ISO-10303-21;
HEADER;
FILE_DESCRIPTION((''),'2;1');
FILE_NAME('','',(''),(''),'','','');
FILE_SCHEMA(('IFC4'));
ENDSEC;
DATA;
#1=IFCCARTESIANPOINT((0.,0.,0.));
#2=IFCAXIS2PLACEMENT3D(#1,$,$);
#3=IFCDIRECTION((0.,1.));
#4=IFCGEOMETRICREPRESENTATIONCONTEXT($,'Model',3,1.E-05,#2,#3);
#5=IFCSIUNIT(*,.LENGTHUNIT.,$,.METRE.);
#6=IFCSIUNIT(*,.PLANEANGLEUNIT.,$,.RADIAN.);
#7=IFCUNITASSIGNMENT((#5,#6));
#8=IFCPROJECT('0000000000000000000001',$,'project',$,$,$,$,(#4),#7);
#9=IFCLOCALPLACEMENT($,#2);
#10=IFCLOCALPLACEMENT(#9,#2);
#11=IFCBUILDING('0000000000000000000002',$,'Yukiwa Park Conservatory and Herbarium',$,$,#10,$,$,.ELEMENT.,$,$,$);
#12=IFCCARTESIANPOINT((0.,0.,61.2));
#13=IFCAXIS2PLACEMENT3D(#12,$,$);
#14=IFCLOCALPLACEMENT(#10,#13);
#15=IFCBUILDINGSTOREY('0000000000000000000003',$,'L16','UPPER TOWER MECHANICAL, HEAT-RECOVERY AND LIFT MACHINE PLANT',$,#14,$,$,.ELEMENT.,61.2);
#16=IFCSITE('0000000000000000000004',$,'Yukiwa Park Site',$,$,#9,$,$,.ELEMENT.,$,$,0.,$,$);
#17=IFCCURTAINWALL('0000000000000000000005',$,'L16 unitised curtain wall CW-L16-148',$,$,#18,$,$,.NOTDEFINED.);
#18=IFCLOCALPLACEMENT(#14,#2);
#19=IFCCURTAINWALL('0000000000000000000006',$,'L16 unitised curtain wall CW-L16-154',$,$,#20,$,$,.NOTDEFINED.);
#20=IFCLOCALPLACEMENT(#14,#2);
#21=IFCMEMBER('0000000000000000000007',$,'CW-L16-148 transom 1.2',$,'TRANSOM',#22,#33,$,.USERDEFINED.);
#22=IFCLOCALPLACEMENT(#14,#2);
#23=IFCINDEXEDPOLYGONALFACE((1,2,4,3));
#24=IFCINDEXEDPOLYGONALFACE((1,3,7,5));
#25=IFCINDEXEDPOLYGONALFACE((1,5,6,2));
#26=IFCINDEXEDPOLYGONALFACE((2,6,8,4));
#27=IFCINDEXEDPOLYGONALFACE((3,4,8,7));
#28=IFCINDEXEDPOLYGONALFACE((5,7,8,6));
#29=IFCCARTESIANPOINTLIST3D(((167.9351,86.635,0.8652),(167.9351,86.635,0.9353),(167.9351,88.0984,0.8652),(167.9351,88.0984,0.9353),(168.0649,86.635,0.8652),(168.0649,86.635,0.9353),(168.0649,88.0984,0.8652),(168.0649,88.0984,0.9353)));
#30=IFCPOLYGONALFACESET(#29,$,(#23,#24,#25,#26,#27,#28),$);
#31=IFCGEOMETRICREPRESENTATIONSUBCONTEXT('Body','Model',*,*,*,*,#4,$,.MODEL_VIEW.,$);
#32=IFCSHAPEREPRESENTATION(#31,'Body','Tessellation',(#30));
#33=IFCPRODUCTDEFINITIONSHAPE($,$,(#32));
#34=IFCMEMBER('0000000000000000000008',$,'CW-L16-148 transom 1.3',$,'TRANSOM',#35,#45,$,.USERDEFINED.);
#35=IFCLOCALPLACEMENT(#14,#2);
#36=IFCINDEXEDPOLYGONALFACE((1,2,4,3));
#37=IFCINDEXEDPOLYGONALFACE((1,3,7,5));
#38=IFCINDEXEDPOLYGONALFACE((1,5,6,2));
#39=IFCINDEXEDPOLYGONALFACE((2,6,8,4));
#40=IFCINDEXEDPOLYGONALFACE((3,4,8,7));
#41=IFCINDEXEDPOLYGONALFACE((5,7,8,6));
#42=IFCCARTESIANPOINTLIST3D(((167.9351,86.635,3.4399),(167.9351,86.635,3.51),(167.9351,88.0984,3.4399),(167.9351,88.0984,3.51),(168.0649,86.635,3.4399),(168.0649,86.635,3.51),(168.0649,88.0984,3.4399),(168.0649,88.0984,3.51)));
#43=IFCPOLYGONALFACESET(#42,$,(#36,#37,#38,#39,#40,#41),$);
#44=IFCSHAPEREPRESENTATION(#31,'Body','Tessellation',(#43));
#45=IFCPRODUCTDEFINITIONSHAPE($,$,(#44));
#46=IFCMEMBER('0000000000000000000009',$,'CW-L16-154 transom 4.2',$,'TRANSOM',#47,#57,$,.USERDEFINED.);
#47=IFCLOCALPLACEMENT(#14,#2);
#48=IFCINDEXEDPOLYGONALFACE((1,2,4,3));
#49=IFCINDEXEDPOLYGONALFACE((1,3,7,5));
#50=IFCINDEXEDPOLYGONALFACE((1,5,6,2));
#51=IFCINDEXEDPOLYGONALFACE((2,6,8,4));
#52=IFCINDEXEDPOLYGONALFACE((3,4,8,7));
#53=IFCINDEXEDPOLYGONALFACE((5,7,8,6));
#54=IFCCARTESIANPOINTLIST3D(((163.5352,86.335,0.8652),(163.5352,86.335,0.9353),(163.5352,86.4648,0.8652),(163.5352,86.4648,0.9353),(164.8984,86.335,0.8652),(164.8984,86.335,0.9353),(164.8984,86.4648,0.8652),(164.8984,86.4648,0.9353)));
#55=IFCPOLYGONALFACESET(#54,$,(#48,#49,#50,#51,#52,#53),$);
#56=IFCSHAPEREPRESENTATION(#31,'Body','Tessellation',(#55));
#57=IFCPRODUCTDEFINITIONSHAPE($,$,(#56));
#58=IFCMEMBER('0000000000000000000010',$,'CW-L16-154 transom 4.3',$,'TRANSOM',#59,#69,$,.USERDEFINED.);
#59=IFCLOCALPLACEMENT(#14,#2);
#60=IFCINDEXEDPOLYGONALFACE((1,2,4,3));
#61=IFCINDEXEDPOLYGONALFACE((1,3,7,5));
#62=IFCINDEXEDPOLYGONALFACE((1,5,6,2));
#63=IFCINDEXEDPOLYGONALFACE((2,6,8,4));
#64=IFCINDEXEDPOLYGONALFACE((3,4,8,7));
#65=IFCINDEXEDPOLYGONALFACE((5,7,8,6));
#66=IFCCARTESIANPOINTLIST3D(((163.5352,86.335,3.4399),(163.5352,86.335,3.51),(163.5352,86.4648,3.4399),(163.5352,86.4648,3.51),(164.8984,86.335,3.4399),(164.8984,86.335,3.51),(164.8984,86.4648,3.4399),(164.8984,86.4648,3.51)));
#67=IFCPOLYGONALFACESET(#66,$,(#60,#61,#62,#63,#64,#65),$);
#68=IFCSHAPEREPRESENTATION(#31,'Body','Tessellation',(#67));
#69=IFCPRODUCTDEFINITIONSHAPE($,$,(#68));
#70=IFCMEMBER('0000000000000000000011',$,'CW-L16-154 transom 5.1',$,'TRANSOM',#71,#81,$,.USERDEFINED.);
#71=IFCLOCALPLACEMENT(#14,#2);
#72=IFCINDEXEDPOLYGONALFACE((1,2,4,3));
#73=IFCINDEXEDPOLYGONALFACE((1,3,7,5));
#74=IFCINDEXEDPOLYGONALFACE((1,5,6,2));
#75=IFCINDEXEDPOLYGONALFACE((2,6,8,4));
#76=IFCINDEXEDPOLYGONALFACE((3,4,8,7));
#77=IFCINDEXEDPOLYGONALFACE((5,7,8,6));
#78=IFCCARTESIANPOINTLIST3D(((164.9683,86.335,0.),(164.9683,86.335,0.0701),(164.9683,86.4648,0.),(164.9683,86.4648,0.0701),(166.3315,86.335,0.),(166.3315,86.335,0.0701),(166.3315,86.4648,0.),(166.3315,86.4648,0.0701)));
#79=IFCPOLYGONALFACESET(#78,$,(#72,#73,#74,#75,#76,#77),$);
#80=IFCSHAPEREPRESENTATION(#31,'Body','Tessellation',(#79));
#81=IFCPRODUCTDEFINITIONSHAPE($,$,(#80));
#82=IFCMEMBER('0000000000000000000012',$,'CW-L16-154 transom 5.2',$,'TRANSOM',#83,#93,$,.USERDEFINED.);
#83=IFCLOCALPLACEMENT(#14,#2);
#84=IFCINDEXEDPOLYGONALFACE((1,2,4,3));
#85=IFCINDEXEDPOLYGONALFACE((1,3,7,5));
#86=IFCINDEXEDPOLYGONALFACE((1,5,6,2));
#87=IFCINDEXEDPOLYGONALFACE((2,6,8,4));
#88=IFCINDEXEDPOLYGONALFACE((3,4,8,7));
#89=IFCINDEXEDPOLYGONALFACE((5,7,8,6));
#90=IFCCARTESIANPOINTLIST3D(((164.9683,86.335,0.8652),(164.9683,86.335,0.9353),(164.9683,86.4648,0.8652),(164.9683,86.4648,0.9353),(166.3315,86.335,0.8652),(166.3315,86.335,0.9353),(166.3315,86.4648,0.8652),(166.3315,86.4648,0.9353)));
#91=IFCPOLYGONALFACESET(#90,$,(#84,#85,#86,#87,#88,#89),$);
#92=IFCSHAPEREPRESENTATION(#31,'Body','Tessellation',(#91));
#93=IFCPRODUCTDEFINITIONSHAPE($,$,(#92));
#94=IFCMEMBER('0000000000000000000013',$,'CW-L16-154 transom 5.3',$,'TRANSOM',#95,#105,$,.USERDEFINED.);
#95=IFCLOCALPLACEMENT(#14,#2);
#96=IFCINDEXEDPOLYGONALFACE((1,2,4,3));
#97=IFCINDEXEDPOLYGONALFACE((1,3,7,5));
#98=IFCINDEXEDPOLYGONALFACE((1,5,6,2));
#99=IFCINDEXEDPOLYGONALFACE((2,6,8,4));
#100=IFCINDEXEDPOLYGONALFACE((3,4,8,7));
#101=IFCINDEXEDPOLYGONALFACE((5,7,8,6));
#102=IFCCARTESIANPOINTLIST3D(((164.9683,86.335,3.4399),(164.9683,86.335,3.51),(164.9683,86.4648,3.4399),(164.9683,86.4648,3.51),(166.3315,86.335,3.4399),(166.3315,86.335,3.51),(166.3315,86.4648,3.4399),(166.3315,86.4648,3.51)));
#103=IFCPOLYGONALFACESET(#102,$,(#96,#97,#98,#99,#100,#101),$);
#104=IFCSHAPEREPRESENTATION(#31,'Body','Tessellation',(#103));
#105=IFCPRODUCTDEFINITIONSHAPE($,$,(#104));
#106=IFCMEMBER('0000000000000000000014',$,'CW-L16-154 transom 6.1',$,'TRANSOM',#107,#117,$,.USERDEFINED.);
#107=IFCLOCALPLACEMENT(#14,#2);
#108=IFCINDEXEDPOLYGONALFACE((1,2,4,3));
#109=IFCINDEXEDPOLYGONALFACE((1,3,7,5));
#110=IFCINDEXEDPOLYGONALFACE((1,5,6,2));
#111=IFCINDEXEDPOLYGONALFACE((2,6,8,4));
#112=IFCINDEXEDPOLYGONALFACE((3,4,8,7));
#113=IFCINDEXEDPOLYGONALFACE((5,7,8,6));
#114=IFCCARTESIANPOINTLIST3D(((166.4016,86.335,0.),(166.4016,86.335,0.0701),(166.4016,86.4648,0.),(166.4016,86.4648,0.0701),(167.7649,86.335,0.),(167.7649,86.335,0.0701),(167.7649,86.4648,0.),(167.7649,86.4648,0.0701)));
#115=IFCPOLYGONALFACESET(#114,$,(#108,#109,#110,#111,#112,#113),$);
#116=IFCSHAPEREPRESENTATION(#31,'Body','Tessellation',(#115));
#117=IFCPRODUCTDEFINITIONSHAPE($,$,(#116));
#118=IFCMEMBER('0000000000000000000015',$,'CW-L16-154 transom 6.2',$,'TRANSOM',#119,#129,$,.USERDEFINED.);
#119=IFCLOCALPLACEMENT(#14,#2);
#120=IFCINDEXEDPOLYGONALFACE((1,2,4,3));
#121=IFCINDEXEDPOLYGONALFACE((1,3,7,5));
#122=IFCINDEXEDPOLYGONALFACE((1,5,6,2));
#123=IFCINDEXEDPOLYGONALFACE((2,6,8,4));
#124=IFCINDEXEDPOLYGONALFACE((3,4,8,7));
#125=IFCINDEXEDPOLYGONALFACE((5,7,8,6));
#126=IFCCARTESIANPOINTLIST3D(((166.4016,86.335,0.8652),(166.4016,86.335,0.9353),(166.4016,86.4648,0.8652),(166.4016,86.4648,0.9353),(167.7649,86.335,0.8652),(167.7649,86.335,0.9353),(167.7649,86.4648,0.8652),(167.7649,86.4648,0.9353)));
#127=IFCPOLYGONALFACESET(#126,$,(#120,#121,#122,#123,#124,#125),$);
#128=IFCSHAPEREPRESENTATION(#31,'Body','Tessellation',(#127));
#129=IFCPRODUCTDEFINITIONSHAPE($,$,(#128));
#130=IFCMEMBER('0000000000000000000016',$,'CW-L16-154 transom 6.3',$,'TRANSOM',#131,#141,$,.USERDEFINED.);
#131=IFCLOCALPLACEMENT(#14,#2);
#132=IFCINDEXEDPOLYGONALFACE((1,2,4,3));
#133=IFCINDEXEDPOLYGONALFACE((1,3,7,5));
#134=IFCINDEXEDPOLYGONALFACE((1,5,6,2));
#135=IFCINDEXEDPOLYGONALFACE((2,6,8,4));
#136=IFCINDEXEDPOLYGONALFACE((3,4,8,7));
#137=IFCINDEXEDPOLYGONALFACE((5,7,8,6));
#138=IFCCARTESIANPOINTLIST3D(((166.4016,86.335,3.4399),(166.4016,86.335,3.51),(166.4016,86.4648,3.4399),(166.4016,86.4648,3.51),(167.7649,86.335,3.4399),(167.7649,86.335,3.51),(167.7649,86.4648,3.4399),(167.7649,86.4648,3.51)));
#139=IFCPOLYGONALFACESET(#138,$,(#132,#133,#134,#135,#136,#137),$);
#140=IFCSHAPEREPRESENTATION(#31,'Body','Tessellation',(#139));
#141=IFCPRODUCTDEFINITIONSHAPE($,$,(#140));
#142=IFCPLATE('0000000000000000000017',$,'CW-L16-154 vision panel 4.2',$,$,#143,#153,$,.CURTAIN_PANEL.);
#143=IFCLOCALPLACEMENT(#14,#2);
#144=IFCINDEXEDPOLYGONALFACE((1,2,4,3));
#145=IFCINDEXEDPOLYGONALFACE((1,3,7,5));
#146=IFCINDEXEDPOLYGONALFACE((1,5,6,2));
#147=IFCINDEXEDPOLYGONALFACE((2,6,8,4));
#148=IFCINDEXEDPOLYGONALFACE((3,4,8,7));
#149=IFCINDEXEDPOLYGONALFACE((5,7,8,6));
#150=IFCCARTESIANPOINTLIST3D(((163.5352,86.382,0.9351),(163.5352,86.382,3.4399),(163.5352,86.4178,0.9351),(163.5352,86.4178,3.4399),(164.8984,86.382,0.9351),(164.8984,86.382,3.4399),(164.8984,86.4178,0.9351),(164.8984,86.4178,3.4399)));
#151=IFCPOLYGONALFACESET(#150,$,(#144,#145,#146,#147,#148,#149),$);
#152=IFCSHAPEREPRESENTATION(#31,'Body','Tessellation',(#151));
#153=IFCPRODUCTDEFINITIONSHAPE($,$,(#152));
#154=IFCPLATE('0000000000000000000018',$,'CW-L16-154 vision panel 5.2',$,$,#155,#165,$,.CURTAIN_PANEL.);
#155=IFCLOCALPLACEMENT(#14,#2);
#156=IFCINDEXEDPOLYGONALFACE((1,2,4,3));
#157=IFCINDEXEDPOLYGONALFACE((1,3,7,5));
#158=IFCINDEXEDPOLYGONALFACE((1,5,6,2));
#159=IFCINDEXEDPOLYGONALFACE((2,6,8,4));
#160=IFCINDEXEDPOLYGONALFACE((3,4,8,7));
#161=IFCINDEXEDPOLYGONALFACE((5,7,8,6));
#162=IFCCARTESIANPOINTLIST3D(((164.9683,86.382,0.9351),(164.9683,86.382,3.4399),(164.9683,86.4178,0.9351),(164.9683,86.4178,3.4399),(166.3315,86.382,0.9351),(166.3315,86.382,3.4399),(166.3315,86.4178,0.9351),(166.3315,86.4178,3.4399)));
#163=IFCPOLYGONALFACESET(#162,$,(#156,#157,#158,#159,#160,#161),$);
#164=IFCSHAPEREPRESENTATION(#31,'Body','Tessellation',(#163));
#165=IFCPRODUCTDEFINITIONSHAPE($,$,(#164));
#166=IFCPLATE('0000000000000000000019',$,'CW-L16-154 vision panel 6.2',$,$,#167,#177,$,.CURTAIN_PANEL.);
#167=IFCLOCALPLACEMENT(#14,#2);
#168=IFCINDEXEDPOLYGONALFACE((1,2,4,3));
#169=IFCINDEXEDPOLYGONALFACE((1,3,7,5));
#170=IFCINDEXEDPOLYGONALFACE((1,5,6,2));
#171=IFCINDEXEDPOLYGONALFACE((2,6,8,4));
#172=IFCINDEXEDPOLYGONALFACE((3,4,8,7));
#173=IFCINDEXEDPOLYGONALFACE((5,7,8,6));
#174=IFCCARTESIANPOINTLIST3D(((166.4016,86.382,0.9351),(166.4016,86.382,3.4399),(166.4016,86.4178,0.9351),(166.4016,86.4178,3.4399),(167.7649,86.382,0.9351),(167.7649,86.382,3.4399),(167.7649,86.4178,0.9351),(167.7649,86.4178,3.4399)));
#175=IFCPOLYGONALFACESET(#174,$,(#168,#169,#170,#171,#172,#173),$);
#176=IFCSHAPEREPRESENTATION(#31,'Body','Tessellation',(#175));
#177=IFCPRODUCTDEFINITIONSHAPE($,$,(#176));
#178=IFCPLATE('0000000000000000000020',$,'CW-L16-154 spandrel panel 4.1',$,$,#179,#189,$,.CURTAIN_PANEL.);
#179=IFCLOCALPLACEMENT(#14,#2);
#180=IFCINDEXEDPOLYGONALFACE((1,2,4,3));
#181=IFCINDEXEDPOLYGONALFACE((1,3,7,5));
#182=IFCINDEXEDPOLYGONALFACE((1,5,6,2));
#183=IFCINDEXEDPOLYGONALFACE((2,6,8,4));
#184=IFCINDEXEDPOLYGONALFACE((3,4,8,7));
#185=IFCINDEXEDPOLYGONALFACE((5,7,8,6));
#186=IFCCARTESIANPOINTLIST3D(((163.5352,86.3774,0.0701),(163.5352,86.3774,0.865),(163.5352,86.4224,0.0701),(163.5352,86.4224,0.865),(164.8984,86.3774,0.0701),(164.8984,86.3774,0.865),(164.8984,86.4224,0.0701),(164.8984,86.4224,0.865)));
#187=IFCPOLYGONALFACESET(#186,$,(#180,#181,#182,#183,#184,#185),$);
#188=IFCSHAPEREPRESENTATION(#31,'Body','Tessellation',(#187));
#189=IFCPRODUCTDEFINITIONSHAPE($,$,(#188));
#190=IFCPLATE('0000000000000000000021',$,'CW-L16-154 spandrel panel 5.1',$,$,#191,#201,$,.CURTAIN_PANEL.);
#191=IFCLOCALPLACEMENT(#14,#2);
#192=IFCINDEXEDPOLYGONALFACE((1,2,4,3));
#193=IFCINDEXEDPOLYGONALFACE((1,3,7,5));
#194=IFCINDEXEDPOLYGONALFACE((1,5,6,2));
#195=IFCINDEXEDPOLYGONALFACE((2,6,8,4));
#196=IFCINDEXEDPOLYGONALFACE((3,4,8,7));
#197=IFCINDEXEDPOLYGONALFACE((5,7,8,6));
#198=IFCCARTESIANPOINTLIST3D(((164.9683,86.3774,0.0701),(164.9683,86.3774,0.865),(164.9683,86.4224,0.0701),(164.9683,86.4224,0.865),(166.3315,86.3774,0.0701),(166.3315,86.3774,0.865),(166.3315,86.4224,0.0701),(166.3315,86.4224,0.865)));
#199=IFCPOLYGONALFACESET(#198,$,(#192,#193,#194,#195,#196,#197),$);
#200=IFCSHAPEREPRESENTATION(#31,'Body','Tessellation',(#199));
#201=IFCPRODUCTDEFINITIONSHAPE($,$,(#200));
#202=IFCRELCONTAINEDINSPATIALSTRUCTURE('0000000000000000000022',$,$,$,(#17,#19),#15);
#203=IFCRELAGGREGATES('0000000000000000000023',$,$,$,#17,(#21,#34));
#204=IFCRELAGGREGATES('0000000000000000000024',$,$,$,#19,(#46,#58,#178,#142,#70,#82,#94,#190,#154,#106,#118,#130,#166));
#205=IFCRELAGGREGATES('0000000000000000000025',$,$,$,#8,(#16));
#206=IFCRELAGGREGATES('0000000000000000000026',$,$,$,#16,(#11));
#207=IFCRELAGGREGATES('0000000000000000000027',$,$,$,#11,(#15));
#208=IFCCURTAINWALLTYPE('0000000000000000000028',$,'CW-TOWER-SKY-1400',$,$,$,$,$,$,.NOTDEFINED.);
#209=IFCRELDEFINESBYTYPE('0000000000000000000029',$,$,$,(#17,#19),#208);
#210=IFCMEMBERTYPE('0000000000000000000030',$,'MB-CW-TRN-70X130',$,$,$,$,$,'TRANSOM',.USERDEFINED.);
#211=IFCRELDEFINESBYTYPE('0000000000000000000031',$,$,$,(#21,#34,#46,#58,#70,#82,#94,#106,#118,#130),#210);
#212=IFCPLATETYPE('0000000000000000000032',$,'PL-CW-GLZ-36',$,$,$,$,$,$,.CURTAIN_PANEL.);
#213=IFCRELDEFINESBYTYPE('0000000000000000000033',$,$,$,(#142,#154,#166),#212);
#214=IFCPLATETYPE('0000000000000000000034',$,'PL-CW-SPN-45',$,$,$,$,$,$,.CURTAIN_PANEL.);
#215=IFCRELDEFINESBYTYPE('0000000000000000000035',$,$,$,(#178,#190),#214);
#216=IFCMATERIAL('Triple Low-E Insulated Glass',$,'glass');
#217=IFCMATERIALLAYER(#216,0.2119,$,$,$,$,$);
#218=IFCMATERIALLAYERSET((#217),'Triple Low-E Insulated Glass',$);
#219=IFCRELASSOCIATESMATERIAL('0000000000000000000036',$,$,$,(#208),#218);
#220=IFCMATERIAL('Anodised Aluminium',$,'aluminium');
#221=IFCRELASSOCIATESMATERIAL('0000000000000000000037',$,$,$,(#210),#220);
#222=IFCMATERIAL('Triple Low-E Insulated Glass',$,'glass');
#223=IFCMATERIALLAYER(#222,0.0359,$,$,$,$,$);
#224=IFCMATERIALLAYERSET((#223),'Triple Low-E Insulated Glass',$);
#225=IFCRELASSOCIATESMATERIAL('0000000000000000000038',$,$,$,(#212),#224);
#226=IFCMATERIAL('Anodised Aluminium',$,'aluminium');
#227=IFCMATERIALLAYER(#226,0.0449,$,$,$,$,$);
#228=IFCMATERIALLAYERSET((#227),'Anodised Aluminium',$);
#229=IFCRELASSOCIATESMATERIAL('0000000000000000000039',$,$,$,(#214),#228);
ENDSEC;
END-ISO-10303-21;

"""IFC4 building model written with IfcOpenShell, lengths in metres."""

from ifc_helpers import new_model, si_unit, direction, frame, origin, origin_2d, place, context, subcontext, project, spatial, rectangle, extrude, material, layer, layer_set, type_object, element, aggregate, save


model = new_model("IFC4")

# Units and contexts
model_context = context("Model", 3, precision=1e-05, world=origin(), true_north=direction((0.0, 1.0)))
body_context = subcontext(model_context, "Body", "Model", "MODEL_VIEW")
ifc_project = project(units=[si_unit("LENGTHUNIT", "METRE"), si_unit("PLANEANGLEUNIT", "RADIAN")], contexts=[model_context])

# Site, building, storey
site_placement = place(None, origin())
site = spatial("IfcSite", under=ifc_project, at=site_placement, Name="Yukiwa Park Site", CompositionType="ELEMENT", RefElevation=0.0)
building_placement = place(site_placement, origin())
building = spatial("IfcBuilding", under=site, at=building_placement, Name="Yukiwa Park Conservatory and Herbarium", CompositionType="ELEMENT")
storey_placement = place(building_placement, frame((0.0, 0.0, 61.2)))
storey = spatial("IfcBuildingStorey", under=building, at=storey_placement, Name="L16", Description="UPPER TOWER MECHANICAL, HEAT-RECOVERY AND LIFT MACHINE PLANT", CompositionType="ELEMENT", Elevation=61.2)

# Curtain wall
ifc_material_1 = material(Name="Triple Low-E Insulated Glass", Category="glass")
ifc_layer_1 = layer(ifc_material_1, 0.2119)
ifc_layer_set_1 = layer_set([ifc_layer_1], Name="Triple Low-E Insulated Glass")
curtain_wall_type = type_object("IfcCurtainWallType", Name="CW-TOWER-SKY-1400", PredefinedType="NOTDEFINED", material=ifc_layer_set_1)
curtain_wall_1_placement = place(storey_placement, origin())
curtain_wall_1 = element("IfcCurtainWall", 1, at=curtain_wall_1_placement, inside=storey, type_object=curtain_wall_type, Name="L16 unitised curtain wall CW-L16-148", PredefinedType="NOTDEFINED")

# Curtain wall
curtain_wall_2_placement = place(storey_placement, origin())
curtain_wall_2 = element("IfcCurtainWall", 2, at=curtain_wall_2_placement, inside=storey, type_object=curtain_wall_type, Name="L16 unitised curtain wall CW-L16-154", PredefinedType="NOTDEFINED")

# Members
ifc_material_2 = material(Name="Anodised Aluminium", Category="aluminium")
member_type_1 = type_object("IfcMemberType", Name="MB-CW-TRN-70X130", ElementType="TRANSOM", PredefinedType="USERDEFINED", material=ifc_material_2)
member_1_placement = place(storey_placement, frame((168.0, 87.3667, 0.8652), z_axis=(0.0, 0.0, 1.0), x_axis=(0.0, 1.0, 0.0)))
member_1 = element("IfcMember", 3, at=member_1_placement, type_object=member_type_1, Name="CW-L16-148 transom 1.2", ObjectType="TRANSOM", PredefinedType="USERDEFINED", context=body_context, shape_type="SweptSolid", body=[
    extrude(rectangle(XDim=1.4634, YDim=0.1299, at=origin_2d()), origin(), (0.0, 0.0, 1.0), 0.0701),
])
member_2_placement = place(storey_placement, frame((168.0, 87.3667, 3.4399), z_axis=(0.0, 0.0, 1.0), x_axis=(0.0, 1.0, 0.0)))
member_2 = element("IfcMember", 4, at=member_2_placement, type_object=member_type_1, Name="CW-L16-148 transom 1.3", ObjectType="TRANSOM", PredefinedType="USERDEFINED", context=body_context, shape_type="SweptSolid", body=[
    extrude(rectangle(XDim=1.4634, YDim=0.1299, at=origin_2d()), origin(), (0.0, 0.0, 1.0), 0.0701),
])
aggregate(curtain_wall_1, [member_1, member_2])
member_3_placement = place(storey_placement, frame((164.2168, 86.3999, 0.8652), z_axis=(0.0, 0.0, 1.0), x_axis=(1.0, 0.0, 0.0)))
member_3 = element("IfcMember", 5, at=member_3_placement, type_object=member_type_1, Name="CW-L16-154 transom 4.2", ObjectType="TRANSOM", PredefinedType="USERDEFINED", context=body_context, shape_type="SweptSolid", body=[
    extrude(rectangle(XDim=1.3633, YDim=0.1299, at=origin_2d()), origin(), (0.0, 0.0, 1.0), 0.0701),
])
member_4_placement = place(storey_placement, frame((164.2168, 86.3999, 3.4399), z_axis=(0.0, 0.0, 1.0), x_axis=(1.0, 0.0, 0.0)))
member_4 = element("IfcMember", 6, at=member_4_placement, type_object=member_type_1, Name="CW-L16-154 transom 4.3", ObjectType="TRANSOM", PredefinedType="USERDEFINED", context=body_context, shape_type="SweptSolid", body=[
    extrude(rectangle(XDim=1.3633, YDim=0.1299, at=origin_2d()), origin(), (0.0, 0.0, 1.0), 0.0701),
])
member_5_placement = place(storey_placement, frame((165.6499, 86.3999, 0.0), z_axis=(0.0, 0.0, 1.0), x_axis=(1.0, 0.0, 0.0)))
member_5 = element("IfcMember", 7, at=member_5_placement, type_object=member_type_1, Name="CW-L16-154 transom 5.1", ObjectType="TRANSOM", PredefinedType="USERDEFINED", context=body_context, shape_type="SweptSolid", body=[
    extrude(rectangle(XDim=1.3633, YDim=0.1299, at=origin_2d()), origin(), (0.0, 0.0, 1.0), 0.0701),
])
member_6_placement = place(storey_placement, frame((165.6499, 86.3999, 0.8652), z_axis=(0.0, 0.0, 1.0), x_axis=(1.0, 0.0, 0.0)))
member_6 = element("IfcMember", 8, at=member_6_placement, type_object=member_type_1, Name="CW-L16-154 transom 5.2", ObjectType="TRANSOM", PredefinedType="USERDEFINED", context=body_context, shape_type="SweptSolid", body=[
    extrude(rectangle(XDim=1.3633, YDim=0.1299, at=origin_2d()), origin(), (0.0, 0.0, 1.0), 0.0701),
])
member_7_placement = place(storey_placement, frame((165.6499, 86.3999, 3.4399), z_axis=(0.0, 0.0, 1.0), x_axis=(1.0, 0.0, 0.0)))
member_7 = element("IfcMember", 9, at=member_7_placement, type_object=member_type_1, Name="CW-L16-154 transom 5.3", ObjectType="TRANSOM", PredefinedType="USERDEFINED", context=body_context, shape_type="SweptSolid", body=[
    extrude(rectangle(XDim=1.3633, YDim=0.1299, at=origin_2d()), origin(), (0.0, 0.0, 1.0), 0.0701),
])
member_8_placement = place(storey_placement, frame((167.0833, 86.3999, 0.0), z_axis=(0.0, 0.0, 1.0), x_axis=(1.0, 0.0, 0.0)))
member_8 = element("IfcMember", 10, at=member_8_placement, type_object=member_type_1, Name="CW-L16-154 transom 6.1", ObjectType="TRANSOM", PredefinedType="USERDEFINED", context=body_context, shape_type="SweptSolid", body=[
    extrude(rectangle(XDim=1.3633, YDim=0.1299, at=origin_2d()), origin(), (0.0, 0.0, 1.0), 0.0701),
])
member_9_placement = place(storey_placement, frame((167.0833, 86.3999, 0.8652), z_axis=(0.0, 0.0, 1.0), x_axis=(1.0, 0.0, 0.0)))
member_9 = element("IfcMember", 11, at=member_9_placement, type_object=member_type_1, Name="CW-L16-154 transom 6.2", ObjectType="TRANSOM", PredefinedType="USERDEFINED", context=body_context, shape_type="SweptSolid", body=[
    extrude(rectangle(XDim=1.3633, YDim=0.1299, at=origin_2d()), origin(), (0.0, 0.0, 1.0), 0.0701),
])
member_10_placement = place(storey_placement, frame((167.0833, 86.3999, 3.4399), z_axis=(0.0, 0.0, 1.0), x_axis=(1.0, 0.0, 0.0)))
member_10 = element("IfcMember", 12, at=member_10_placement, type_object=member_type_1, Name="CW-L16-154 transom 6.3", ObjectType="TRANSOM", PredefinedType="USERDEFINED", context=body_context, shape_type="SweptSolid", body=[
    extrude(rectangle(XDim=1.3633, YDim=0.1299, at=origin_2d()), origin(), (0.0, 0.0, 1.0), 0.0701),
])

# Plates
ifc_material_3 = material(Name="Triple Low-E Insulated Glass", Category="glass")
ifc_layer_2 = layer(ifc_material_3, 0.0359)
ifc_layer_set_2 = layer_set([ifc_layer_2], Name="Triple Low-E Insulated Glass")
plate_type_1 = type_object("IfcPlateType", Name="PL-CW-GLZ-36", PredefinedType="CURTAIN_PANEL", material=ifc_layer_set_2)
plate_1_placement = place(storey_placement, frame((164.2168, 86.3999, 0.9351), z_axis=(0.0, 0.0, 1.0), x_axis=(1.0, 0.0, 0.0)))
plate_1 = element("IfcPlate", 13, at=plate_1_placement, type_object=plate_type_1, Name="CW-L16-154 vision panel 4.2", PredefinedType="CURTAIN_PANEL", context=body_context, shape_type="SweptSolid", body=[
    extrude(rectangle(XDim=1.3633, YDim=0.0359, at=origin_2d()), origin(), (0.0, 0.0, 1.0), 2.5049),
])
plate_2_placement = place(storey_placement, frame((165.6499, 86.3999, 0.9351), z_axis=(0.0, 0.0, 1.0), x_axis=(1.0, 0.0, 0.0)))
plate_2 = element("IfcPlate", 14, at=plate_2_placement, type_object=plate_type_1, Name="CW-L16-154 vision panel 5.2", PredefinedType="CURTAIN_PANEL", context=body_context, shape_type="SweptSolid", body=[
    extrude(rectangle(XDim=1.3633, YDim=0.0359, at=origin_2d()), origin(), (0.0, 0.0, 1.0), 2.5049),
])
plate_3_placement = place(storey_placement, frame((167.0833, 86.3999, 0.9351), z_axis=(0.0, 0.0, 1.0), x_axis=(1.0, 0.0, 0.0)))
plate_3 = element("IfcPlate", 15, at=plate_3_placement, type_object=plate_type_1, Name="CW-L16-154 vision panel 6.2", PredefinedType="CURTAIN_PANEL", context=body_context, shape_type="SweptSolid", body=[
    extrude(rectangle(XDim=1.3633, YDim=0.0359, at=origin_2d()), origin(), (0.0, 0.0, 1.0), 2.5049),
])
ifc_material_4 = material(Name="Anodised Aluminium", Category="aluminium")
ifc_layer_3 = layer(ifc_material_4, 0.0449)
ifc_layer_set_3 = layer_set([ifc_layer_3], Name="Anodised Aluminium")
plate_type_2 = type_object("IfcPlateType", Name="PL-CW-SPN-45", PredefinedType="CURTAIN_PANEL", material=ifc_layer_set_3)
plate_4_placement = place(storey_placement, frame((164.2168, 86.3999, 0.0701), z_axis=(0.0, 0.0, 1.0), x_axis=(1.0, 0.0, 0.0)))
plate_4 = element("IfcPlate", 16, at=plate_4_placement, type_object=plate_type_2, Name="CW-L16-154 spandrel panel 4.1", PredefinedType="CURTAIN_PANEL", context=body_context, shape_type="SweptSolid", body=[
    extrude(rectangle(XDim=1.3633, YDim=0.0449, at=origin_2d()), origin(), (0.0, 0.0, 1.0), 0.7949),
])
plate_5_placement = place(storey_placement, frame((165.6499, 86.3999, 0.0701), z_axis=(0.0, 0.0, 1.0), x_axis=(1.0, 0.0, 0.0)))
plate_5 = element("IfcPlate", 17, at=plate_5_placement, type_object=plate_type_2, Name="CW-L16-154 spandrel panel 5.1", PredefinedType="CURTAIN_PANEL", context=body_context, shape_type="SweptSolid", body=[
    extrude(rectangle(XDim=1.3633, YDim=0.0449, at=origin_2d()), origin(), (0.0, 0.0, 1.0), 0.7949),
])
aggregate(curtain_wall_2, [member_3, member_4, plate_4, plate_1, member_5, member_6, member_7, plate_5, plate_2, member_8, member_9, member_10, plate_3])

save(model, "model.ifc")
